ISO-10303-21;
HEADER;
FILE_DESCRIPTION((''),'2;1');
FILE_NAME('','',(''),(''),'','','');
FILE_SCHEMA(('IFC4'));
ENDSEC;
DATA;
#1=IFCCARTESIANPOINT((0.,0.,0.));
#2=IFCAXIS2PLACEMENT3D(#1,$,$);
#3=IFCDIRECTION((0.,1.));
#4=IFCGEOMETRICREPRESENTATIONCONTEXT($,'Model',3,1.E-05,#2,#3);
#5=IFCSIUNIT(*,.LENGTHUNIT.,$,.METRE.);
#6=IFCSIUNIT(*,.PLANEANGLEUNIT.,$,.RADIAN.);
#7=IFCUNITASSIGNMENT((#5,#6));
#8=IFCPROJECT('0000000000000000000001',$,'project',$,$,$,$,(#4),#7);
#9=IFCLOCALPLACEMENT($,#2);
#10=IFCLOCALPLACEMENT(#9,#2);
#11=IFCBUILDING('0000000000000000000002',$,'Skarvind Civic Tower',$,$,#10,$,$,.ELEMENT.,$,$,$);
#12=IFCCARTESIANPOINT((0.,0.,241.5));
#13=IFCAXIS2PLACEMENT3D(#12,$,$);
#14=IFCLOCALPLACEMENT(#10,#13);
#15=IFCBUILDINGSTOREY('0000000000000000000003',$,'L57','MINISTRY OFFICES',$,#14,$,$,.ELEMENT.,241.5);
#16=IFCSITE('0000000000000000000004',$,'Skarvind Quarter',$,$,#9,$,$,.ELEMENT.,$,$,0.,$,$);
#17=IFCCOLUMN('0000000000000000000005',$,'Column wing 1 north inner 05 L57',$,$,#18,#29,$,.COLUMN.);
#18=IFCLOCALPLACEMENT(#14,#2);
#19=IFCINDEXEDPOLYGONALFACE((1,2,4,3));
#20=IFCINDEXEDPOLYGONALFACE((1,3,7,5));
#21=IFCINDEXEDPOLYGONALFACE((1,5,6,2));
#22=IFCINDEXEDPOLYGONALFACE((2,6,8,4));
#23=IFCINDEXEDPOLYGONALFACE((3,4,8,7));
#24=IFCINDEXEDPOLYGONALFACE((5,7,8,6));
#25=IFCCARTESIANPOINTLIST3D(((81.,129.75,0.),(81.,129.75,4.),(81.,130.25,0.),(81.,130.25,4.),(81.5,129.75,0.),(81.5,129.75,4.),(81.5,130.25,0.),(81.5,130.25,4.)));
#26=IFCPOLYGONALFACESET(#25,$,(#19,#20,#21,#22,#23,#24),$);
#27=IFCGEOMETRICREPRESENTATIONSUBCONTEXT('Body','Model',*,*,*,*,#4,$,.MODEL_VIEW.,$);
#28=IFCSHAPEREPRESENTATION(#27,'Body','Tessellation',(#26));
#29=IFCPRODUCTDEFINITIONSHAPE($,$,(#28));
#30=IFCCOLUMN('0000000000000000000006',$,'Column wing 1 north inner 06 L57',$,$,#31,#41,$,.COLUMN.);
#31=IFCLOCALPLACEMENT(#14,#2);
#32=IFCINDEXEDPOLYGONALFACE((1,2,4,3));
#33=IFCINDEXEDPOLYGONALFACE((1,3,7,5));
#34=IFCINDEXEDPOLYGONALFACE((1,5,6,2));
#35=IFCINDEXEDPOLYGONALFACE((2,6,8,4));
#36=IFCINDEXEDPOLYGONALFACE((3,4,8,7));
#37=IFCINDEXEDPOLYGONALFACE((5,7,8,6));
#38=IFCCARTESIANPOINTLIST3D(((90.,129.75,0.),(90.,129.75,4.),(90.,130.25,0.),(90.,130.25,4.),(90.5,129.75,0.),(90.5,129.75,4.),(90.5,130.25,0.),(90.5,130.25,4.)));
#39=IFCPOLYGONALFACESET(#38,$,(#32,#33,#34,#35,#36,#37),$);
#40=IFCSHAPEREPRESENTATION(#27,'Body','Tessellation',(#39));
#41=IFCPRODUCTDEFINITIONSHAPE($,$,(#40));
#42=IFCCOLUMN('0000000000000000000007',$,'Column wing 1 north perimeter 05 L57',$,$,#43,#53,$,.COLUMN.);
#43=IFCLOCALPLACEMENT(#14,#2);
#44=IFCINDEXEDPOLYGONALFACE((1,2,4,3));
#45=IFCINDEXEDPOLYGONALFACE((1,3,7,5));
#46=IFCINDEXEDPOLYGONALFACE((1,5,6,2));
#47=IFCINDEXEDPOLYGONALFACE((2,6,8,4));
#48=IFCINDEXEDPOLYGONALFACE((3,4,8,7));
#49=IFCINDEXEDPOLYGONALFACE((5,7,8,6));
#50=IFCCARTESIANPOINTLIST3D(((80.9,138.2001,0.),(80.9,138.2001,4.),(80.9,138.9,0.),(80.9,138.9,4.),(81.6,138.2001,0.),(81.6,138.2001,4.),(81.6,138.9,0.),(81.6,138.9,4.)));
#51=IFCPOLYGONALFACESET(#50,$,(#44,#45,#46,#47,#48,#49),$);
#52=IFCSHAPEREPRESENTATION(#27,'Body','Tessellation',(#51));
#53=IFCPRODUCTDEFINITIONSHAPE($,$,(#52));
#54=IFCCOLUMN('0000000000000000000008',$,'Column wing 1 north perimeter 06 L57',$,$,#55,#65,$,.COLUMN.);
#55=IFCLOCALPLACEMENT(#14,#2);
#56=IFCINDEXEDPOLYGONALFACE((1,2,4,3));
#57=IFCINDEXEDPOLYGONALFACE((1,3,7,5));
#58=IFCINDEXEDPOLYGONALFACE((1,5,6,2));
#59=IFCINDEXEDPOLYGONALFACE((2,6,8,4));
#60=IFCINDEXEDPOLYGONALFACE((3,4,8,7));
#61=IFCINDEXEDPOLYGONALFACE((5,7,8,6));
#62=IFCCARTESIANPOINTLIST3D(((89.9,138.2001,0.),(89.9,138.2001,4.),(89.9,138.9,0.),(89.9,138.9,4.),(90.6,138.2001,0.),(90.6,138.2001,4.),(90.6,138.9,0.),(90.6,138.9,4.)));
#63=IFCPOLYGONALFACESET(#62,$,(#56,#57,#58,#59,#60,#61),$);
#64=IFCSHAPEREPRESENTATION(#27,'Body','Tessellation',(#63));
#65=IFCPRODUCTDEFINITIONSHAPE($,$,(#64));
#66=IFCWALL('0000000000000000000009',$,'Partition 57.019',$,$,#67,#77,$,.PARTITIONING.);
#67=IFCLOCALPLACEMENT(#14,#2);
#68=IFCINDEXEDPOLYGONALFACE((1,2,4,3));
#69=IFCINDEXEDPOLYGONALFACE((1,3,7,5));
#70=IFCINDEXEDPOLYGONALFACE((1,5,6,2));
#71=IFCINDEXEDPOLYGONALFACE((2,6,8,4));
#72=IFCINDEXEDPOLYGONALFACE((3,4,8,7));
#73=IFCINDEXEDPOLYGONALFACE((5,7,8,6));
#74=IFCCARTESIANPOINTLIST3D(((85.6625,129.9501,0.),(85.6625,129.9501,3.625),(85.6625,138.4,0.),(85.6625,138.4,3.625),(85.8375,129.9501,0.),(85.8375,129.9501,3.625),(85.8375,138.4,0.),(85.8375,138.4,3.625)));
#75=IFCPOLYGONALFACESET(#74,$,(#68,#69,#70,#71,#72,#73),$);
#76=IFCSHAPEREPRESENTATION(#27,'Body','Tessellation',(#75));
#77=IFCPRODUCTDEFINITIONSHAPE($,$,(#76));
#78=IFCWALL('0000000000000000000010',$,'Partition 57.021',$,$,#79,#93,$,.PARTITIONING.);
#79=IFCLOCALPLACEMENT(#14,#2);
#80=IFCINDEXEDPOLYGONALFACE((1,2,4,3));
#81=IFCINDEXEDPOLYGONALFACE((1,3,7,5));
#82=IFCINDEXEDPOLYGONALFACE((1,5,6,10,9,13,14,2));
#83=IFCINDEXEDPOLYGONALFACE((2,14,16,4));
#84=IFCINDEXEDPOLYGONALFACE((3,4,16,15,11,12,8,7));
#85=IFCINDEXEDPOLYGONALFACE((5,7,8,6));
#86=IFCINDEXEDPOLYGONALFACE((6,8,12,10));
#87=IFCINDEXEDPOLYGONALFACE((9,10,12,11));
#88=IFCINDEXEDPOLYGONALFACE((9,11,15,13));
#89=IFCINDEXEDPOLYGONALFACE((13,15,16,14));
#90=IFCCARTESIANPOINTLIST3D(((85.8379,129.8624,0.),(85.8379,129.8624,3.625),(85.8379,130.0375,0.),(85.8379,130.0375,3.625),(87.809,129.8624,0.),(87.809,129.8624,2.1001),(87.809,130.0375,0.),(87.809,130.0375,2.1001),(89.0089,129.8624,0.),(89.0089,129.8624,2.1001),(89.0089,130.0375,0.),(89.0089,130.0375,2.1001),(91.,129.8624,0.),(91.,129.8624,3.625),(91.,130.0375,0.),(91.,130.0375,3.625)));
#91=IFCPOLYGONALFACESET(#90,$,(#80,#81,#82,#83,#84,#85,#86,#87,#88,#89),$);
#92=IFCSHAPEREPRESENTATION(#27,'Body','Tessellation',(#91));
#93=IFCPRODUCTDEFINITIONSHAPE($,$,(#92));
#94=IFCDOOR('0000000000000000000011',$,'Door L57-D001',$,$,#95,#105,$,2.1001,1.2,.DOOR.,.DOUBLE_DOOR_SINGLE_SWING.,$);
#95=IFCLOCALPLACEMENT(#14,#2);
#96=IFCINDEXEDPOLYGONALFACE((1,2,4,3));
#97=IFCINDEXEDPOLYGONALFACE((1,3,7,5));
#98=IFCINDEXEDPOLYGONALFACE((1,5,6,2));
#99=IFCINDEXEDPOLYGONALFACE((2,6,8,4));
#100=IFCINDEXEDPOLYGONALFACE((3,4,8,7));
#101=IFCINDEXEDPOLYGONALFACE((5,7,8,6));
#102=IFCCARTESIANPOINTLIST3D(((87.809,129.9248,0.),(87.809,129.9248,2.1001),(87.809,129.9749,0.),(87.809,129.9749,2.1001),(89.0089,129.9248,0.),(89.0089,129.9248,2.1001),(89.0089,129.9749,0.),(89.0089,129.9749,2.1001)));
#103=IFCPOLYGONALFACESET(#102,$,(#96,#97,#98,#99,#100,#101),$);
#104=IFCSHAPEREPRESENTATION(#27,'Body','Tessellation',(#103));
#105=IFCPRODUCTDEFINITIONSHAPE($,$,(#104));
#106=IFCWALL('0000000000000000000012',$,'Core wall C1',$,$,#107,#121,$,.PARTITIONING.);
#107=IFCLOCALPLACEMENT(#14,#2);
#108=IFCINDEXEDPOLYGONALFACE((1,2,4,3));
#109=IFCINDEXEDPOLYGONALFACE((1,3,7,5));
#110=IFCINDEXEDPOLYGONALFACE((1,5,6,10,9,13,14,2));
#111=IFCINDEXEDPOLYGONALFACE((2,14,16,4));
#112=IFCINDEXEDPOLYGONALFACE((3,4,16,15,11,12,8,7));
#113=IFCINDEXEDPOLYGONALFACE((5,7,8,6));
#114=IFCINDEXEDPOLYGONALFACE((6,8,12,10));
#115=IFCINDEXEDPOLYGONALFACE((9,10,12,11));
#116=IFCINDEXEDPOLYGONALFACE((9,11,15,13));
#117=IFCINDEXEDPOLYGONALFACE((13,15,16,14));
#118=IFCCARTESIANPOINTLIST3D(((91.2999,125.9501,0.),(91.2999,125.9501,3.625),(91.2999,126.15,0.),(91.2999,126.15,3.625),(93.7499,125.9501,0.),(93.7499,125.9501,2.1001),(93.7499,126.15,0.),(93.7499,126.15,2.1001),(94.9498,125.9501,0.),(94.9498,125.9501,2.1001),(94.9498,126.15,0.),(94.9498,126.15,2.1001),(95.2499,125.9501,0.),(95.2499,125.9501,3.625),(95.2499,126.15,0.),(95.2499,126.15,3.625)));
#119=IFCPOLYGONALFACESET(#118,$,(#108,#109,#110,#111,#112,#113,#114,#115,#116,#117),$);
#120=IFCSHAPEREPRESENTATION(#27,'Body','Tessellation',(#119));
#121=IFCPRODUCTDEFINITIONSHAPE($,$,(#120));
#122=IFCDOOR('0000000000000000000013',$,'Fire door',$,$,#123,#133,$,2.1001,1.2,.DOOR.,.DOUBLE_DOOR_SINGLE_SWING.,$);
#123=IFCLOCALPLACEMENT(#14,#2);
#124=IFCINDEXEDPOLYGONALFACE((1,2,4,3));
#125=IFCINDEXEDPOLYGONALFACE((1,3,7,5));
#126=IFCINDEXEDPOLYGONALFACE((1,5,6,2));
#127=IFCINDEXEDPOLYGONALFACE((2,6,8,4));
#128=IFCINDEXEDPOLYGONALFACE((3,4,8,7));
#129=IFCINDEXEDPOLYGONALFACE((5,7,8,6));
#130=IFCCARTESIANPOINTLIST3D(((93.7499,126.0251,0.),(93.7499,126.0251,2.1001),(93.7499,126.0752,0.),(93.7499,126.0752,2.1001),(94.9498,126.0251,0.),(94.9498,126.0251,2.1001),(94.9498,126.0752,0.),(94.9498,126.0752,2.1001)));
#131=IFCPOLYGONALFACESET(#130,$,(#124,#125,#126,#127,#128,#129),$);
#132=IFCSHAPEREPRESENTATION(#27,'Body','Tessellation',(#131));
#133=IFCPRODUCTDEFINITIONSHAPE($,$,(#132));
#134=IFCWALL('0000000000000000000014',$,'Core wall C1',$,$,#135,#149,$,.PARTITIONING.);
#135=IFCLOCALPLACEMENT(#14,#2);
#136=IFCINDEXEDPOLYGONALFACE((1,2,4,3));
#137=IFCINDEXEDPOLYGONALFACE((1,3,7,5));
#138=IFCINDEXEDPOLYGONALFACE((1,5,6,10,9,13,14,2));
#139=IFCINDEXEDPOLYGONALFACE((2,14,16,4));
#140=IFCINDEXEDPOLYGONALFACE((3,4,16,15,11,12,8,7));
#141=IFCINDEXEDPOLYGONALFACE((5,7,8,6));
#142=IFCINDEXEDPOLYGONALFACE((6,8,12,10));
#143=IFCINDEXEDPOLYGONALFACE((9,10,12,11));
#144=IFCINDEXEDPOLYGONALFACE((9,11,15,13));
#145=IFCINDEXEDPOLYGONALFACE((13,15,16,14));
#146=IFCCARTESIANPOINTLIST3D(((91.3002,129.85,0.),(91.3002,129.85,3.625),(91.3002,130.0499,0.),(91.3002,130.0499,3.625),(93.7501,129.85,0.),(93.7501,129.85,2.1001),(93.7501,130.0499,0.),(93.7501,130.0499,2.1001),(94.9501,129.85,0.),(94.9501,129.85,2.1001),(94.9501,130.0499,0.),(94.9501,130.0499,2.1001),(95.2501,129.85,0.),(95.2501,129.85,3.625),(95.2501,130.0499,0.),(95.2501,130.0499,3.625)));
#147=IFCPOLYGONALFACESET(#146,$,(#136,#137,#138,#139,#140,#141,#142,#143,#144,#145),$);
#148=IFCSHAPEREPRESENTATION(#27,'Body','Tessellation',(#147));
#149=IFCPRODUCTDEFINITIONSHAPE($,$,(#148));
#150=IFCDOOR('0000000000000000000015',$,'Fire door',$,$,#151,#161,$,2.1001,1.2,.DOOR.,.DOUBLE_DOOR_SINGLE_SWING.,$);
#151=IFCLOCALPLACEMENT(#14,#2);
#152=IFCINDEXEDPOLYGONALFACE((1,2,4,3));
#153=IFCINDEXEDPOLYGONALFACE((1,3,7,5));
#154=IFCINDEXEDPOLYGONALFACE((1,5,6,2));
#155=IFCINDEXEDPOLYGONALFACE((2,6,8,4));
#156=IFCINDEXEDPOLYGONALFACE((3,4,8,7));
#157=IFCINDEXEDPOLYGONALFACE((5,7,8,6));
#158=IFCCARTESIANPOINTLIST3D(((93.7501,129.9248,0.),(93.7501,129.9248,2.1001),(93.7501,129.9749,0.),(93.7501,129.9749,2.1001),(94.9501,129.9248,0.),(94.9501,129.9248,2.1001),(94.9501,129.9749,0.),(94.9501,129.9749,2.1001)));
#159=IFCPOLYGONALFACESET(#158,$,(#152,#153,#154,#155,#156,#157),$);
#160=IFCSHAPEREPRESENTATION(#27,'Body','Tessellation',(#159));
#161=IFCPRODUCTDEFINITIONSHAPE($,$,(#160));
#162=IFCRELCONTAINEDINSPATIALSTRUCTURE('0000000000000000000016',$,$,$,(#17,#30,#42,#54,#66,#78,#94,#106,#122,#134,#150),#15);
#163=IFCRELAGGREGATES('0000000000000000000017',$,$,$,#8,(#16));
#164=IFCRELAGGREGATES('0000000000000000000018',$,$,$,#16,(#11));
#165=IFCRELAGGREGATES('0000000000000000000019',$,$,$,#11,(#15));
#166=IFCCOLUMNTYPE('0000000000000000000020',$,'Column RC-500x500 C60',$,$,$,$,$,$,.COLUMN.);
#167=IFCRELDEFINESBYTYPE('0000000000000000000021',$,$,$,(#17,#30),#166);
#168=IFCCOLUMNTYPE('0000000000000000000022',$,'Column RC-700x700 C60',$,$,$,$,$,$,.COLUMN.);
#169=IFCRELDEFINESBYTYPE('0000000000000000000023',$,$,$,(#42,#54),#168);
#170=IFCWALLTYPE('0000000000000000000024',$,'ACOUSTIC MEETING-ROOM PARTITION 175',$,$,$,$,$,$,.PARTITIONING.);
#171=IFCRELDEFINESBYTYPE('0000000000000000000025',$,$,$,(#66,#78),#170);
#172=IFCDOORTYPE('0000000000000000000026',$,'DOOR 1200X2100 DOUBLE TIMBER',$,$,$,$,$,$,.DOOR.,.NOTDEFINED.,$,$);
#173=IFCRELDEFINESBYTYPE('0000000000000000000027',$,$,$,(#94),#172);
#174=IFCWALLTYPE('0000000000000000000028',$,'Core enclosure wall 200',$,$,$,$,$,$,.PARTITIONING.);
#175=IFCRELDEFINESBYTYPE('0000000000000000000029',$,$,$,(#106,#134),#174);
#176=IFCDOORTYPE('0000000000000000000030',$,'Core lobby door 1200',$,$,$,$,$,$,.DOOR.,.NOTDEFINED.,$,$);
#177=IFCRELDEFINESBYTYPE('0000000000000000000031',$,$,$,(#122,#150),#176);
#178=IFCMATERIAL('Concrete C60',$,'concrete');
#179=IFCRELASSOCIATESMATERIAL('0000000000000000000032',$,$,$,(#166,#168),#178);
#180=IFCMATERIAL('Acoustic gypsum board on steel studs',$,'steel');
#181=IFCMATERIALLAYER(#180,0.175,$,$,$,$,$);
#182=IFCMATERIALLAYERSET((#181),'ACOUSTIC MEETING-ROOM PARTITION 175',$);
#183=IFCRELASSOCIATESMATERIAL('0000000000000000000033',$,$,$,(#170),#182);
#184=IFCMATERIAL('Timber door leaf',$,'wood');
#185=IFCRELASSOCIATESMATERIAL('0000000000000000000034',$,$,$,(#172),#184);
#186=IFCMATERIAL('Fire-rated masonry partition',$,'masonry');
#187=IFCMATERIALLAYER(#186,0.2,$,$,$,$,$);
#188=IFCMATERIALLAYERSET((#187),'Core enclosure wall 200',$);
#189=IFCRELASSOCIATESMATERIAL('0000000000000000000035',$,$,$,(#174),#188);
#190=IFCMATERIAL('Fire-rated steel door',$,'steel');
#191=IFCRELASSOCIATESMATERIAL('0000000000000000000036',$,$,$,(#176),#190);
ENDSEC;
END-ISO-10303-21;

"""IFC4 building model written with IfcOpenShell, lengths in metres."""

from ifc_helpers import new_model, si_unit, direction, frame, frame_2d, origin, origin_2d, place, context, subcontext, project, spatial, rectangle, extrude, material, layer, layer_set, material_profile, profile_set, type_object, element, fill, save


model = new_model("IFC4")

# Units and contexts
model_context = context("Model", 3, precision=1e-05, world=origin(), true_north=direction((0.0, 1.0)))
body_context = subcontext(model_context, "Body", "Model", "MODEL_VIEW")
ifc_project = project(units=[si_unit("LENGTHUNIT", "METRE"), si_unit("PLANEANGLEUNIT", "RADIAN")], contexts=[model_context])

# Site, building, storey
site_placement = place(None, origin())
site = spatial("IfcSite", under=ifc_project, at=site_placement, Name="Skarvind Quarter", CompositionType="ELEMENT", RefElevation=0.0)
building_placement = place(site_placement, origin())
building = spatial("IfcBuilding", under=site, at=building_placement, Name="Skarvind Civic Tower", CompositionType="ELEMENT")
storey_placement = place(building_placement, frame((0.0, 0.0, 241.5)))
storey = spatial("IfcBuildingStorey", under=building, at=storey_placement, Name="L57", Description="MINISTRY OFFICES", CompositionType="ELEMENT", Elevation=241.5)

# Columns
ifc_material_1 = material(Name="Concrete C60", Category="concrete")
ifc_material_profile_1 = material_profile(ifc_material_1, rectangle(XDim=0.5, YDim=0.5, at=origin_2d()), Name="RC-500x500")
ifc_profile_set_1 = profile_set([ifc_material_profile_1], Name="Concrete C60")
column_type_1 = type_object("IfcColumnType", Name="Column RC-500x500 C60", PredefinedType="COLUMN", material=ifc_profile_set_1)
for number, where, z_axis, x_axis, name in (
    (1, (81.25, 130.0, 0.0), (0.0, 0.0, 1.0), (1.0, 0.0, 0.0), "Column wing 1 north inner 05 L57"),
    (2, (90.25, 130.0, 0.0), (0.0, 0.0, 1.0), (1.0, 0.0, 0.0), "Column wing 1 north inner 06 L57"),
):
    element("IfcColumn", number, at=place(storey_placement, frame(where, z_axis=z_axis, x_axis=x_axis)), inside=storey, type_object=column_type_1, Name=name, PredefinedType="COLUMN", context=body_context, shape_type="SweptSolid", body=[
        extrude(rectangle(XDim=0.5, YDim=0.5, at=origin_2d()), origin(), (0.0, 0.0, 1.0), 4.0),
    ])
ifc_material_profile_2 = material_profile(ifc_material_1, rectangle(XDim=0.7, YDim=0.7, at=origin_2d()), Name="RC-700x700")
ifc_profile_set_2 = profile_set([ifc_material_profile_2], Name="Concrete C60")
column_type_2 = type_object("IfcColumnType", Name="Column RC-700x700 C60", PredefinedType="COLUMN", material=ifc_profile_set_2)
for number, where, z_axis, x_axis, name in (
    (3, (81.25, 138.55, 0.0), (0.0, 0.0, 1.0), (1.0, 0.0, 0.0), "Column wing 1 north perimeter 05 L57"),
    (4, (90.25, 138.55, 0.0), (0.0, 0.0, 1.0), (1.0, 0.0, 0.0), "Column wing 1 north perimeter 06 L57"),
):
    element("IfcColumn", number, at=place(storey_placement, frame(where, z_axis=z_axis, x_axis=x_axis)), inside=storey, type_object=column_type_2, Name=name, PredefinedType="COLUMN", context=body_context, shape_type="SweptSolid", body=[
        extrude(rectangle(XDim=0.7, YDim=0.7, at=origin_2d()), origin(), (0.0, 0.0, 1.0), 4.0),
    ])

# Wall
ifc_material_2 = material(Name="Acoustic gypsum board on steel studs", Category="steel")
ifc_layer_1 = layer(ifc_material_2, 0.175)
ifc_layer_set_1 = layer_set([ifc_layer_1], Name="ACOUSTIC MEETING-ROOM PARTITION 175")
wall_type_1 = type_object("IfcWallType", Name="ACOUSTIC MEETING-ROOM PARTITION 175", PredefinedType="PARTITIONING", material=ifc_layer_set_1)
wall_1_placement = place(storey_placement, frame((85.75, 129.95, 0.0), z_axis=(0.0, 0.0, 1.0), x_axis=(0.0, 1.0, 0.0)))
element("IfcWall", 5, at=wall_1_placement, inside=storey, type_object=wall_type_1, Name="Partition 57.019", PredefinedType="PARTITIONING", context=body_context, shape_type="SweptSolid", body=[
    extrude(rectangle(XDim=8.45, YDim=0.175, at=frame_2d((4.2251, 0.0))), origin(), (0.0, 0.0, 1.0), 3.625),
])

# Walls, openings, doors
wall_2_placement = place(storey_placement, frame((85.8379, 129.95, 0.0), z_axis=(0.0, 0.0, 1.0), x_axis=(1.0, 0.0, 0.0)))
wall_2 = element("IfcWall", 6, at=wall_2_placement, inside=storey, type_object=wall_type_1, Name="Partition 57.021", PredefinedType="PARTITIONING", context=body_context, shape_type="SweptSolid", body=[
    extrude(rectangle(XDim=5.1621, YDim=0.175, at=frame_2d((2.5811, 0.0))), origin(), (0.0, 0.0, 1.0), 3.625),
])
opening_1_placement = place(wall_2_placement, frame((1.9709, 0.0, 0.0)))
opening_1 = element("IfcOpeningElement", 7, at=opening_1_placement, cuts=wall_2, PredefinedType="OPENING", context=body_context, shape_type="SweptSolid", body=[
    extrude(rectangle(XDim=1.2, YDim=2.1001, at=frame_2d((0.6001, 1.05))), frame((0.0, 0.0974, 0.0), z_axis=(0.0, -1.0, 0.0), x_axis=(1.0, 0.0, 0.0)), (0.0, 0.0, 1.0), 0.1951),
])
ifc_material_3 = material(Name="Timber door leaf", Category="wood")
door_type_1 = type_object("IfcDoorType", Name="DOOR 1200X2100 DOUBLE TIMBER", OperationType="NOTDEFINED", PredefinedType="DOOR", material=ifc_material_3)
door_1_placement = place(opening_1_placement, origin())
door_1 = element("IfcDoor", 8, at=door_1_placement, inside=storey, type_object=door_type_1, Name="Door L57-D001", OperationType="DOUBLE_DOOR_SINGLE_SWING", OverallHeight=2.1001, OverallWidth=1.2, PredefinedType="DOOR", context=body_context, shape_type="SweptSolid", body=[
    extrude(rectangle(XDim=1.2, YDim=2.1001, at=frame_2d((0.6001, 1.05))), frame((0.0, 0.0249, 0.0), z_axis=(0.0, -1.0, 0.0), x_axis=(1.0, 0.0, 0.0)), (0.0, 0.0, 1.0), 0.05),
])
fill(opening_1, door_1)
ifc_material_4 = material(Name="Fire-rated masonry partition", Category="masonry")
ifc_layer_2 = layer(ifc_material_4, 0.2)
ifc_layer_set_2 = layer_set([ifc_layer_2], Name="Core enclosure wall 200")
wall_type_2 = type_object("IfcWallType", Name="Core enclosure wall 200", PredefinedType="PARTITIONING", material=ifc_layer_set_2)
wall_3_placement = place(storey_placement, frame((95.25, 126.05, 0.0), z_axis=(0.0, 0.0, 1.0), x_axis=(-1.0, 0.0, 0.0)))
wall_3 = element("IfcWall", 9, at=wall_3_placement, inside=storey, type_object=wall_type_2, Name="Core wall C1", PredefinedType="PARTITIONING", context=body_context, shape_type="SweptSolid", body=[
    extrude(rectangle(XDim=3.95, YDim=0.2, at=frame_2d((1.9751, 0.0))), origin(), (0.0, 0.0, 1.0), 3.625),
])
opening_2_placement = place(wall_3_placement, frame((0.3, 0.0, 0.0)))
opening_2 = element("IfcOpeningElement", 10, at=opening_2_placement, cuts=wall_3, PredefinedType="OPENING", context=body_context, shape_type="SweptSolid", body=[
    extrude(rectangle(XDim=1.2, YDim=2.1001, at=frame_2d((0.6001, 1.05))), frame((0.0, 0.1099, 0.0), z_axis=(0.0, -1.0, 0.0), x_axis=(1.0, 0.0, 0.0)), (0.0, 0.0, 1.0), 0.22),
])
ifc_material_5 = material(Name="Fire-rated steel door", Category="steel")
door_type_2 = type_object("IfcDoorType", Name="Core lobby door 1200", OperationType="NOTDEFINED", PredefinedType="DOOR", material=ifc_material_5)
door_2_placement = place(opening_2_placement, origin())
door_2 = element("IfcDoor", 11, at=door_2_placement, inside=storey, type_object=door_type_2, Name="Fire door", OperationType="DOUBLE_DOOR_SINGLE_SWING", OverallHeight=2.1001, OverallWidth=1.2, PredefinedType="DOOR", context=body_context, shape_type="SweptSolid", body=[
    extrude(rectangle(XDim=1.2, YDim=2.1001, at=frame_2d((0.6001, 1.05))), frame((0.0, 0.0249, 0.0), z_axis=(0.0, -1.0, 0.0), x_axis=(1.0, 0.0, 0.0)), (0.0, 0.0, 1.0), 0.05),
])
fill(opening_2, door_2)
wall_4_placement = place(storey_placement, frame((91.3, 129.95, 0.0), z_axis=(0.0, 0.0, 1.0), x_axis=(1.0, 0.0, 0.0)))
wall_4 = element("IfcWall", 12, at=wall_4_placement, inside=storey, type_object=wall_type_2, Name="Core wall C1", PredefinedType="PARTITIONING", context=body_context, shape_type="SweptSolid", body=[
    extrude(rectangle(XDim=3.95, YDim=0.2, at=frame_2d((1.9751, 0.0))), origin(), (0.0, 0.0, 1.0), 3.625),
])
opening_3_placement = place(wall_4_placement, frame((2.45, 0.0, 0.0)))
opening_3 = element("IfcOpeningElement", 13, at=opening_3_placement, cuts=wall_4, PredefinedType="OPENING", context=body_context, shape_type="SweptSolid", body=[
    extrude(rectangle(XDim=1.2, YDim=2.1001, at=frame_2d((0.6001, 1.05))), frame((0.0, 0.1099, 0.0), z_axis=(0.0, -1.0, 0.0), x_axis=(1.0, 0.0, 0.0)), (0.0, 0.0, 1.0), 0.22),
])
door_3_placement = place(opening_3_placement, origin())
door_3 = element("IfcDoor", 14, at=door_3_placement, inside=storey, type_object=door_type_2, Name="Fire door", OperationType="DOUBLE_DOOR_SINGLE_SWING", OverallHeight=2.1001, OverallWidth=1.2, PredefinedType="DOOR", context=body_context, shape_type="SweptSolid", body=[
    extrude(rectangle(XDim=1.2, YDim=2.1001, at=frame_2d((0.6001, 1.05))), frame((0.0, 0.0249, 0.0), z_axis=(0.0, -1.0, 0.0), x_axis=(1.0, 0.0, 0.0)), (0.0, 0.0, 1.0), 0.05),
])
fill(opening_3, door_3)

save(model, "model.ifc")
